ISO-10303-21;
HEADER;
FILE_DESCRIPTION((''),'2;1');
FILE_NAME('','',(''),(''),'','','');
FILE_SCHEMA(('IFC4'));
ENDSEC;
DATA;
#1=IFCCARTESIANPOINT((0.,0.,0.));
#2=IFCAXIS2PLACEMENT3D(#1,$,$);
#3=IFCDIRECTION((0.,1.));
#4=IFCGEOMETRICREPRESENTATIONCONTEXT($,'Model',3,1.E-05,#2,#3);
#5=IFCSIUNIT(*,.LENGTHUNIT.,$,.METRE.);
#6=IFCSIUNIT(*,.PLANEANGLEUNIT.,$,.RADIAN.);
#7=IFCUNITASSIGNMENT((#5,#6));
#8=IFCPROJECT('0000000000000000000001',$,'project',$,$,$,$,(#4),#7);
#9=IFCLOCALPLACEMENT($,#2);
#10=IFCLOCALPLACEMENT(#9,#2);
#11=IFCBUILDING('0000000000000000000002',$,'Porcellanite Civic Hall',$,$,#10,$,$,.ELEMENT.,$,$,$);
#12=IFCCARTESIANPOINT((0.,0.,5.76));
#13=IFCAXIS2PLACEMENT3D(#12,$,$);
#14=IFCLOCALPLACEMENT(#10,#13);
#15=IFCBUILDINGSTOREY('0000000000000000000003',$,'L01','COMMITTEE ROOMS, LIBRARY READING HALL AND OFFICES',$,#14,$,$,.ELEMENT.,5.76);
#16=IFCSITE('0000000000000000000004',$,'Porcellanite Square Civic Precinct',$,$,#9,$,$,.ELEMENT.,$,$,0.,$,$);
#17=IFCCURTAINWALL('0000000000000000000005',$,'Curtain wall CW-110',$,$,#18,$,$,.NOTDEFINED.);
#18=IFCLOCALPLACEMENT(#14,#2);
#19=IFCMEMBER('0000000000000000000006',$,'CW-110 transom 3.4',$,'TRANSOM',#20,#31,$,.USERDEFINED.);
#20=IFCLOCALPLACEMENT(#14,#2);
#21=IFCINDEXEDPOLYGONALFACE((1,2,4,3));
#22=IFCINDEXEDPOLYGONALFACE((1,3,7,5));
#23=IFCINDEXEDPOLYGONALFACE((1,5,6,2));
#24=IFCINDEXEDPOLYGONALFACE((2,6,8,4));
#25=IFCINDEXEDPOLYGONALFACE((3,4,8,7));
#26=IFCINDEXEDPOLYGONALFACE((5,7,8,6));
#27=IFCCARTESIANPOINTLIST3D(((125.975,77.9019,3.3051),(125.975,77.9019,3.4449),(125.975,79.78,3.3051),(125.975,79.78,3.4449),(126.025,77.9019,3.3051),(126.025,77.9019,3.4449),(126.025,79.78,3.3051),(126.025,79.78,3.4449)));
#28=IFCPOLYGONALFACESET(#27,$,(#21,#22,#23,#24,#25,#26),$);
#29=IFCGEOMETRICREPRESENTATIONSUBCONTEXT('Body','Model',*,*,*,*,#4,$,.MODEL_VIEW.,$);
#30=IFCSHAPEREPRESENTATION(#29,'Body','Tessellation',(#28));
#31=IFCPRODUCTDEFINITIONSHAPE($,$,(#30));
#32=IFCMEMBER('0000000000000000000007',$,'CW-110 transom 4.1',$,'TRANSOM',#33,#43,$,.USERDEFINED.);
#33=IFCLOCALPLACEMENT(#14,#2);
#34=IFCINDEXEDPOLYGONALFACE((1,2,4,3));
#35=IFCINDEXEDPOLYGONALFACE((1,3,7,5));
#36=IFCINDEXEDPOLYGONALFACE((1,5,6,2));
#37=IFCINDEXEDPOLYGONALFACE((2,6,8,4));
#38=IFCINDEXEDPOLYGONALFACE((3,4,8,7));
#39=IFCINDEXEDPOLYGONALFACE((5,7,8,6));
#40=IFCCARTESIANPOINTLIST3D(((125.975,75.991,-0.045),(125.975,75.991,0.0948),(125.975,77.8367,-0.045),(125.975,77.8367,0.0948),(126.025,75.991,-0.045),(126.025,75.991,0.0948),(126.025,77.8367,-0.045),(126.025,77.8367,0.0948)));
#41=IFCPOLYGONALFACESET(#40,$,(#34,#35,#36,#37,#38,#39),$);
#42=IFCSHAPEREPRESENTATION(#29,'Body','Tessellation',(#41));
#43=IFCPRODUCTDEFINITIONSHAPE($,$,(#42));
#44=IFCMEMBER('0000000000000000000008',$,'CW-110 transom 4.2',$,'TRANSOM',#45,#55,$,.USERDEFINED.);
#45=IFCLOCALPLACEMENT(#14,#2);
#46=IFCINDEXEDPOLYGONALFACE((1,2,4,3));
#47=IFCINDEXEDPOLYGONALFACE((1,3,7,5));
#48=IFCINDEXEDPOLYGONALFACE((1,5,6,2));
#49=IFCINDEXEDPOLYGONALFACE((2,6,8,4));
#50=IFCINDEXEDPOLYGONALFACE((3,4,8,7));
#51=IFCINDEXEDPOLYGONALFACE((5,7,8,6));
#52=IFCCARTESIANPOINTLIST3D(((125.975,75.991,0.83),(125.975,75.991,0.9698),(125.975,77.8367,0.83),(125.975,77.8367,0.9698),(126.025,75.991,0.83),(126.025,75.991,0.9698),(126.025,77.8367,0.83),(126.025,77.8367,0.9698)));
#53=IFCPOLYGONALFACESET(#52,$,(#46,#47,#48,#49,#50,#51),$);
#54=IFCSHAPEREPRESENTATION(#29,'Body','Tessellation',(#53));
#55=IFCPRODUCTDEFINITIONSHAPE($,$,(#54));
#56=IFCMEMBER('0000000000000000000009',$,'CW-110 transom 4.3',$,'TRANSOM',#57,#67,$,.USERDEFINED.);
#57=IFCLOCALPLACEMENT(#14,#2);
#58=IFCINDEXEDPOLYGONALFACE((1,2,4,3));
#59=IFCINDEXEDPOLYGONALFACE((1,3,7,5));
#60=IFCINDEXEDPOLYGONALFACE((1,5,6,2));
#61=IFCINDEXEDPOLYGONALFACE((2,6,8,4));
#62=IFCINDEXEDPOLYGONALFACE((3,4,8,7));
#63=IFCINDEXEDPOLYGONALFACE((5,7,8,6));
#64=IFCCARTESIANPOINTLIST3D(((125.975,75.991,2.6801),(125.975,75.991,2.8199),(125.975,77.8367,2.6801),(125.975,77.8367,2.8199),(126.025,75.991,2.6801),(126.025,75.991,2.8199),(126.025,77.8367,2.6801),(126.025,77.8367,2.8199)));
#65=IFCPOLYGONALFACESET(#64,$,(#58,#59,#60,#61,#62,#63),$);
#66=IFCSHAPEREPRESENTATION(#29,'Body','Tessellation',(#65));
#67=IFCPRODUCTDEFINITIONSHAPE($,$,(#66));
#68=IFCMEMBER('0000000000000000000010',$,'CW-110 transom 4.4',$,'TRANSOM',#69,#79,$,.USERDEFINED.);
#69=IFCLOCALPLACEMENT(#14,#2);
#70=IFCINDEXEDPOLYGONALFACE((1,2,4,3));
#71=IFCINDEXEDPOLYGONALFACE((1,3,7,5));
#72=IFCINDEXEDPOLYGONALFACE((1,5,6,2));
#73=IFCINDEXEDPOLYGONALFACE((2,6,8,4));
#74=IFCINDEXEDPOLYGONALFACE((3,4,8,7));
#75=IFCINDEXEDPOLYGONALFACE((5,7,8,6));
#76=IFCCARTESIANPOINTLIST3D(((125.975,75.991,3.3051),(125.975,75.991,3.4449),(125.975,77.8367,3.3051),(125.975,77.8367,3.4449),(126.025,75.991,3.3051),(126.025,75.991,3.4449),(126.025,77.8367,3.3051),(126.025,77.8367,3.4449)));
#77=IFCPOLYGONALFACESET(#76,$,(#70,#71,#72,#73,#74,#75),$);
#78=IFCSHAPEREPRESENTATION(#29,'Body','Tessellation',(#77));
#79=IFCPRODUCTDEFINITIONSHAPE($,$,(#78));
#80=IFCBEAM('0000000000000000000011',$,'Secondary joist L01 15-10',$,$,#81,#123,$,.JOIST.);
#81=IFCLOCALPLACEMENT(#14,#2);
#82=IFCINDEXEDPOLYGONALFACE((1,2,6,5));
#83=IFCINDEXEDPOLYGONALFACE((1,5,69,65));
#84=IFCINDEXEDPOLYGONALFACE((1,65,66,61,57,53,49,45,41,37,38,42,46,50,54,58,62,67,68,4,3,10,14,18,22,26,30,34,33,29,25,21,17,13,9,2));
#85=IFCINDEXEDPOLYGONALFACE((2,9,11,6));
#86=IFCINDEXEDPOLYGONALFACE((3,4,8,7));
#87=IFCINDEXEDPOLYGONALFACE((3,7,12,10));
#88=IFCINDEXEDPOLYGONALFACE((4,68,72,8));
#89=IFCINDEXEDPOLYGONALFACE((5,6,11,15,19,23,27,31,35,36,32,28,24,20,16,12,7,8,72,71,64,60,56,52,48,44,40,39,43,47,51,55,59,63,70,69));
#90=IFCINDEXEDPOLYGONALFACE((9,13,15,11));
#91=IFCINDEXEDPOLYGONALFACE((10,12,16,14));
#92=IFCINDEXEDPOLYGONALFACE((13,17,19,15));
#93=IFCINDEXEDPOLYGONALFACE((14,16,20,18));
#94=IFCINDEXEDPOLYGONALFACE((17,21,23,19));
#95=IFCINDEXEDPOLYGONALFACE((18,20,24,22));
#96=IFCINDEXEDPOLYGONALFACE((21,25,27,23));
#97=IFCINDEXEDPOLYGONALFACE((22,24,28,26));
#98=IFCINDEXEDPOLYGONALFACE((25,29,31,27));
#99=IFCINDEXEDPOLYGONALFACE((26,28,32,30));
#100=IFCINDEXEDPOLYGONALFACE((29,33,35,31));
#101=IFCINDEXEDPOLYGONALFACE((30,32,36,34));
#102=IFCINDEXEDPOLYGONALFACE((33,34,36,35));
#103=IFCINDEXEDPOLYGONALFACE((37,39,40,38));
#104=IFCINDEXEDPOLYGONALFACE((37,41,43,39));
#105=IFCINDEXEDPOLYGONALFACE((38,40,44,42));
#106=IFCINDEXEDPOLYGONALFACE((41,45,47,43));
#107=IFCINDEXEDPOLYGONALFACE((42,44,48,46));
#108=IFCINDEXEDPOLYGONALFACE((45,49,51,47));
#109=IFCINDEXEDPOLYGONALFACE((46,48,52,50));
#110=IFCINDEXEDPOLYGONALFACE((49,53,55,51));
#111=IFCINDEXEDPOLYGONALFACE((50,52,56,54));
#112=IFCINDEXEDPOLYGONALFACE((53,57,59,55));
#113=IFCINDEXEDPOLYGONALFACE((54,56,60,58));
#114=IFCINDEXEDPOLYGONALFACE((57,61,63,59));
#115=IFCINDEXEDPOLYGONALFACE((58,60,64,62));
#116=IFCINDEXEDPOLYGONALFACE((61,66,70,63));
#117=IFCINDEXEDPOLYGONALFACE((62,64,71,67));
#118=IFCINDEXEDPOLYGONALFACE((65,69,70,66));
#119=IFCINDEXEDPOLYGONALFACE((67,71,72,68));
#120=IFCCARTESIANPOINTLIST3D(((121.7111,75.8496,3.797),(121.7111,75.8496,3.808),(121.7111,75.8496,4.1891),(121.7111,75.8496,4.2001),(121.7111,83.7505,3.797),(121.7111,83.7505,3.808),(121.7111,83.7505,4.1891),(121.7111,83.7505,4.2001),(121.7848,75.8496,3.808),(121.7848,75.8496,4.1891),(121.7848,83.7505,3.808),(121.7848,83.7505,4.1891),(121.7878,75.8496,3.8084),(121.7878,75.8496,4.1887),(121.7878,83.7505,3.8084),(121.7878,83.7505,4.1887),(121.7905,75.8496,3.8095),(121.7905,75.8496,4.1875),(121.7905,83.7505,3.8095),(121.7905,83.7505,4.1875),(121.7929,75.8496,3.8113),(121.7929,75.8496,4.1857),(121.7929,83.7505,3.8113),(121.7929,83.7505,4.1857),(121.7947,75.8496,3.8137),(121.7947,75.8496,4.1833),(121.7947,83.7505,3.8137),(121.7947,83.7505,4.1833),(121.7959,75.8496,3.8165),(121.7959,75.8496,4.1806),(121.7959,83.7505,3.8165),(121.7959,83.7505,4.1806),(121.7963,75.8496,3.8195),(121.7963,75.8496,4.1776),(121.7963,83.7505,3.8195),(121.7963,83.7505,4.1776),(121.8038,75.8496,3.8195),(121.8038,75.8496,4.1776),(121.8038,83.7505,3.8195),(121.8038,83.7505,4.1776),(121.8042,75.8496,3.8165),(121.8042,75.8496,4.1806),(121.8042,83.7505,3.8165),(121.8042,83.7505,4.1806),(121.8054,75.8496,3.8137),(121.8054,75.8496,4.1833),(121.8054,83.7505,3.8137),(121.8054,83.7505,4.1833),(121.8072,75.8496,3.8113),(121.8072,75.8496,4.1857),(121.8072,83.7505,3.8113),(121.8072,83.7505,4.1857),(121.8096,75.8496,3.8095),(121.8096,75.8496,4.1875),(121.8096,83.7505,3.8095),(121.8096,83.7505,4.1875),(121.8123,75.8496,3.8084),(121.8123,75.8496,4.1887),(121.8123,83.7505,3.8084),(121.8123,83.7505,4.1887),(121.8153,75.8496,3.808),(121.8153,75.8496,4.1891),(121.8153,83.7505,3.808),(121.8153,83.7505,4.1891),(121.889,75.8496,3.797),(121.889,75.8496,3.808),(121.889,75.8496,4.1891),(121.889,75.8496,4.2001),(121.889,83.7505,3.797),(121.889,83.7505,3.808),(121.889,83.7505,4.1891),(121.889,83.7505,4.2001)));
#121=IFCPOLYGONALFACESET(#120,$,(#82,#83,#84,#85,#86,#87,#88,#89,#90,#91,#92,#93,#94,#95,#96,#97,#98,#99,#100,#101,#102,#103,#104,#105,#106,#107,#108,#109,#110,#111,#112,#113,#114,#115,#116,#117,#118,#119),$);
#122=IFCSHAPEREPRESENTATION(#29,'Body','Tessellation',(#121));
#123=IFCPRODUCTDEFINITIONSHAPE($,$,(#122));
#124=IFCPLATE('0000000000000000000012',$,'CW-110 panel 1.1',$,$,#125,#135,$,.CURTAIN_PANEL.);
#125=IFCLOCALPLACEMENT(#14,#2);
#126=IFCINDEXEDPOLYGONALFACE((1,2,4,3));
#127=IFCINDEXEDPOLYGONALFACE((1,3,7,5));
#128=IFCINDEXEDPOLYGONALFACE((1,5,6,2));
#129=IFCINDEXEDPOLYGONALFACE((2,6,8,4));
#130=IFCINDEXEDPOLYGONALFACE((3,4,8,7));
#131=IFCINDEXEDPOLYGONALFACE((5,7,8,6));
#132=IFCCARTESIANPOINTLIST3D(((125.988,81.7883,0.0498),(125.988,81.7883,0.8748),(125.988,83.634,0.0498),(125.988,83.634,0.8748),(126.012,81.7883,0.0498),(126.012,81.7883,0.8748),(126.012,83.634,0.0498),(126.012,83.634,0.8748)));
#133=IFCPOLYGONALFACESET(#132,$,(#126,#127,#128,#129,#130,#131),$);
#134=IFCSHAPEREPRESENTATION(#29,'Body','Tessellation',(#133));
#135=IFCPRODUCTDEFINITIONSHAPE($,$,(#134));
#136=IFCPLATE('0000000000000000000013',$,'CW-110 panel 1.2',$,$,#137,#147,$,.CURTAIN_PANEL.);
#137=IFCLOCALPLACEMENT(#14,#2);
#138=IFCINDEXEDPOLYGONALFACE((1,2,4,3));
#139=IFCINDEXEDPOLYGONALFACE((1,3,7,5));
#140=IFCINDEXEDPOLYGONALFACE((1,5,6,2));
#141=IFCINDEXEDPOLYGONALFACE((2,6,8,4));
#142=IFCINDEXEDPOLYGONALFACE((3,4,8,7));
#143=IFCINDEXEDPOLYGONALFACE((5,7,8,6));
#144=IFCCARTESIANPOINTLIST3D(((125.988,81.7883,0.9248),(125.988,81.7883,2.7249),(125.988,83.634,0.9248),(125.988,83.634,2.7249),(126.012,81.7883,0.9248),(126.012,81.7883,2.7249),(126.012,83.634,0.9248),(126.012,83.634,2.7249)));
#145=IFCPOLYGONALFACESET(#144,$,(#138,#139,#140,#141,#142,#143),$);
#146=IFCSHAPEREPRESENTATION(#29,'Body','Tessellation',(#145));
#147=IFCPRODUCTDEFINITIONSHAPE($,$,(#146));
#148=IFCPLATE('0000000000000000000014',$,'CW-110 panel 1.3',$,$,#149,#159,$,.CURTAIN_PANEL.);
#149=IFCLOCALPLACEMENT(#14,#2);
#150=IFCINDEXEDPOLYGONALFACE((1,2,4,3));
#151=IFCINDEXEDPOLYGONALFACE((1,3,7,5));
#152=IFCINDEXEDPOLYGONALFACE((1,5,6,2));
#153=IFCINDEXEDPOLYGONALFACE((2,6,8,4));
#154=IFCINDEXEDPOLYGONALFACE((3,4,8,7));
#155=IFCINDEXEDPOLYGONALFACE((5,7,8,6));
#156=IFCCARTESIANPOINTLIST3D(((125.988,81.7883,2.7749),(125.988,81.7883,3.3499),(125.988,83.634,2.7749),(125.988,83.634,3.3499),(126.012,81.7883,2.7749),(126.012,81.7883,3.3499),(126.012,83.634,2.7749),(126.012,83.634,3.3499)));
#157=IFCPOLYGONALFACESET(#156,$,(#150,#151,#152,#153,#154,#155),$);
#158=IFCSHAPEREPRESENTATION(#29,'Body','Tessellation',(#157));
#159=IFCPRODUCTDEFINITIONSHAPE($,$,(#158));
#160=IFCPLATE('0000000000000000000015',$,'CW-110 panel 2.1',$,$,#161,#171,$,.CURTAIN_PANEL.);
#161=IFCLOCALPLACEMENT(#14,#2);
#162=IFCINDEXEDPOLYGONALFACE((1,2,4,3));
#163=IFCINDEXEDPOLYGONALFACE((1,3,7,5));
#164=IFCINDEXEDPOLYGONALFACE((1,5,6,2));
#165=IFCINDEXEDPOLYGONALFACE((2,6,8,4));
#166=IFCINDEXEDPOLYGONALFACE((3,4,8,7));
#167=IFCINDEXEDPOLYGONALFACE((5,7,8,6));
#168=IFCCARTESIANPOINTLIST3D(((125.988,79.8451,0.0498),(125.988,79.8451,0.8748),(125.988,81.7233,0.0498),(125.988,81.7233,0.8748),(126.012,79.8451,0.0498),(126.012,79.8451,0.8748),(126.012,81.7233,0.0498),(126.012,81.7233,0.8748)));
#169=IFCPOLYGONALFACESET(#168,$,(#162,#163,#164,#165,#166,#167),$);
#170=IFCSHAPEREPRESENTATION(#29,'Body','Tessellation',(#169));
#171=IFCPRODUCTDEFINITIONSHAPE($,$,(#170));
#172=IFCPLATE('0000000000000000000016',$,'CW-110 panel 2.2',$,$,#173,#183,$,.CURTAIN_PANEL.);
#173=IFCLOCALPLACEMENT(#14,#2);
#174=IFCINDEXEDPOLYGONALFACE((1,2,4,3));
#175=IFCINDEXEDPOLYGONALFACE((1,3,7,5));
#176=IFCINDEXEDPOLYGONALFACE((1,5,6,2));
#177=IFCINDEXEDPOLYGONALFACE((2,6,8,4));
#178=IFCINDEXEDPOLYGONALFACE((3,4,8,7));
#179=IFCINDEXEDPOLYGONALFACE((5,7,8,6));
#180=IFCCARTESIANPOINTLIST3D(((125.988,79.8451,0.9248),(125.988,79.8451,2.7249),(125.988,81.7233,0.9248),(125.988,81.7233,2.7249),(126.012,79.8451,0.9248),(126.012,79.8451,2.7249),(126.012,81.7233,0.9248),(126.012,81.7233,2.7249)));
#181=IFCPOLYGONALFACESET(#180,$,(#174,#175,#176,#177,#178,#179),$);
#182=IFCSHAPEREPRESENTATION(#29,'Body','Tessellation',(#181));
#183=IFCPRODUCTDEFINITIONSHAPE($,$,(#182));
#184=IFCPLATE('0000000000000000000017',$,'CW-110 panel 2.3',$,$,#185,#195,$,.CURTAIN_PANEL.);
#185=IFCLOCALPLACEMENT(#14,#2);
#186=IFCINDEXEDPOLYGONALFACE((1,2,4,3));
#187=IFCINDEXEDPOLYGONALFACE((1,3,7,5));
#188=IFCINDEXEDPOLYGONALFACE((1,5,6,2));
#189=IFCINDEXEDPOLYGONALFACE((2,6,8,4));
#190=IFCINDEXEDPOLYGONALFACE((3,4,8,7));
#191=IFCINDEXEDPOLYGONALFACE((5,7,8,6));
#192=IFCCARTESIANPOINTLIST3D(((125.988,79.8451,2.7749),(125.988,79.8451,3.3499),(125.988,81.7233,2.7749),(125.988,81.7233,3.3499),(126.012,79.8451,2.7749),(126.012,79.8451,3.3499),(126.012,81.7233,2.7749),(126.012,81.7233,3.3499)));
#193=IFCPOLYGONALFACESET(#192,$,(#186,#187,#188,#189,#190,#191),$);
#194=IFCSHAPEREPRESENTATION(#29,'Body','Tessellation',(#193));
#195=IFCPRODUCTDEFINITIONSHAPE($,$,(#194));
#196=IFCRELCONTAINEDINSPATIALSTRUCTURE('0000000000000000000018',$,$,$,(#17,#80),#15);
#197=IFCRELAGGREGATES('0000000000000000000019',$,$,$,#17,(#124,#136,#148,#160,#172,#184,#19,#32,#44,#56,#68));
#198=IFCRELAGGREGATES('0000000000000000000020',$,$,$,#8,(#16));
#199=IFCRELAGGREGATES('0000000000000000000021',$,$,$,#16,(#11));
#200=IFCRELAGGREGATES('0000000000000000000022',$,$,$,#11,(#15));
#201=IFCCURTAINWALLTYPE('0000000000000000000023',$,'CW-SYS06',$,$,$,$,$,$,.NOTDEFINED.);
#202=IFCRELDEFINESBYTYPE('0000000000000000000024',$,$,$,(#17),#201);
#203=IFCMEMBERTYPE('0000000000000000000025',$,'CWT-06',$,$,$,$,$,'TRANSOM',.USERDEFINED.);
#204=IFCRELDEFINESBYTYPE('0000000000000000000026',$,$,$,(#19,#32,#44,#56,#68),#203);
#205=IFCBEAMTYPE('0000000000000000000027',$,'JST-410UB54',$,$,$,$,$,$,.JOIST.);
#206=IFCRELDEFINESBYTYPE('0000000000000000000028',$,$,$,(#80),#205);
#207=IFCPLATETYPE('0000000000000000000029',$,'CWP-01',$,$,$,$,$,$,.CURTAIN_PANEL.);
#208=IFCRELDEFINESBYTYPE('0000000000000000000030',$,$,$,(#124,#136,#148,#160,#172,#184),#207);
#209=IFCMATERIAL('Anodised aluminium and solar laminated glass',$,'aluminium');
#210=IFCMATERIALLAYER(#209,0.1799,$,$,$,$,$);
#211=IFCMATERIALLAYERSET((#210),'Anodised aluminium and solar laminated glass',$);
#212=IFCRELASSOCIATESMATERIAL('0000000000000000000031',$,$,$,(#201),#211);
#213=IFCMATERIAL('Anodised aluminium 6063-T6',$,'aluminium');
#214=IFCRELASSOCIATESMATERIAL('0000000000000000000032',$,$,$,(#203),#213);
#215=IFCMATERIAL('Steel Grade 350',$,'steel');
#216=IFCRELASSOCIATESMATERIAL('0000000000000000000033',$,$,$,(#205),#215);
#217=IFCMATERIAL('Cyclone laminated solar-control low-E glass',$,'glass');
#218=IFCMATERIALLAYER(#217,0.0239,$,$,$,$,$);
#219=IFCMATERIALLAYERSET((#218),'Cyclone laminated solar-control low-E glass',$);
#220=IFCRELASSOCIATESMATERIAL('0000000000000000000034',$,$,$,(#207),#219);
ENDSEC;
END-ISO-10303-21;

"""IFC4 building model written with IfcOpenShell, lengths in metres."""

from ifc_helpers import new_model, si_unit, direction, frame, origin, origin_2d, place, context, subcontext, project, spatial, rectangle, i_section, extrude, material, layer, layer_set, material_profile, profile_set, type_object, element, aggregate, save


model = new_model("IFC4")

# Units and contexts
model_context = context("Model", 3, precision=1e-05, world=origin(), true_north=direction((0.0, 1.0)))
body_context = subcontext(model_context, "Body", "Model", "MODEL_VIEW")
ifc_project = project(units=[si_unit("LENGTHUNIT", "METRE"), si_unit("PLANEANGLEUNIT", "RADIAN")], contexts=[model_context])

# Site, building, storey
site_placement = place(None, origin())
site = spatial("IfcSite", under=ifc_project, at=site_placement, Name="Porcellanite Square Civic Precinct", CompositionType="ELEMENT", RefElevation=0.0)
building_placement = place(site_placement, origin())
building = spatial("IfcBuilding", under=site, at=building_placement, Name="Porcellanite Civic Hall", CompositionType="ELEMENT")
storey_placement = place(building_placement, frame((0.0, 0.0, 5.76)))
storey = spatial("IfcBuildingStorey", under=building, at=storey_placement, Name="L01", Description="COMMITTEE ROOMS, LIBRARY READING HALL AND OFFICES", CompositionType="ELEMENT", Elevation=5.76)

# Curtain wall, members
ifc_material_1 = material(Name="Anodised aluminium and solar laminated glass", Category="aluminium")
ifc_layer_1 = layer(ifc_material_1, 0.1799)
ifc_layer_set_1 = layer_set([ifc_layer_1], Name="Anodised aluminium and solar laminated glass")
curtain_wall_type = type_object("IfcCurtainWallType", Name="CW-SYS06", PredefinedType="NOTDEFINED", material=ifc_layer_set_1)
curtain_wall_placement = place(storey_placement, origin())
curtain_wall = element("IfcCurtainWall", 1, at=curtain_wall_placement, inside=storey, type_object=curtain_wall_type, Name="Curtain wall CW-110", PredefinedType="NOTDEFINED")
ifc_material_2 = material(Name="Anodised aluminium 6063-T6", Category="aluminium")
ifc_material_profile_1 = material_profile(ifc_material_2, rectangle(XDim=0.05, YDim=0.1399, at=origin_2d()), Name="AL-50x140")
ifc_profile_set_1 = profile_set([ifc_material_profile_1], Name="Anodised aluminium 6063-T6")
member_type_1 = type_object("IfcMemberType", Name="CWT-06", ElementType="TRANSOM", PredefinedType="USERDEFINED", material=ifc_profile_set_1)
member_1_placement = place(storey_placement, frame((126.0, 79.78, 3.375), z_axis=(0.0, -1.0, 0.0), x_axis=(1.0, 0.0, 0.0)))
member_1 = element("IfcMember", 2, at=member_1_placement, type_object=member_type_1, Name="CW-110 transom 3.4", ObjectType="TRANSOM", PredefinedType="USERDEFINED", context=body_context, shape_type="SweptSolid", body=[
    extrude(rectangle(XDim=0.05, YDim=0.1399, at=origin_2d()), origin(), (0.0, 0.0, 1.0), 1.8782),
])
member_2_placement = place(storey_placement, frame((126.0, 77.8367, 0.0249), z_axis=(0.0, -1.0, 0.0), x_axis=(1.0, 0.0, 0.0)))
member_2 = element("IfcMember", 3, at=member_2_placement, type_object=member_type_1, Name="CW-110 transom 4.1", ObjectType="TRANSOM", PredefinedType="USERDEFINED", context=body_context, shape_type="SweptSolid", body=[
    extrude(rectangle(XDim=0.05, YDim=0.1399, at=origin_2d()), origin(), (0.0, 0.0, 1.0), 1.8457),
])
member_3_placement = place(storey_placement, frame((126.0, 77.8367, 0.8999), z_axis=(0.0, -1.0, 0.0), x_axis=(1.0, 0.0, 0.0)))
member_3 = element("IfcMember", 4, at=member_3_placement, type_object=member_type_1, Name="CW-110 transom 4.2", ObjectType="TRANSOM", PredefinedType="USERDEFINED", context=body_context, shape_type="SweptSolid", body=[
    extrude(rectangle(XDim=0.05, YDim=0.1399, at=origin_2d()), origin(), (0.0, 0.0, 1.0), 1.8457),
])
member_4_placement = place(storey_placement, frame((126.0, 77.8367, 2.75), z_axis=(0.0, -1.0, 0.0), x_axis=(1.0, 0.0, 0.0)))
member_4 = element("IfcMember", 5, at=member_4_placement, type_object=member_type_1, Name="CW-110 transom 4.3", ObjectType="TRANSOM", PredefinedType="USERDEFINED", context=body_context, shape_type="SweptSolid", body=[
    extrude(rectangle(XDim=0.05, YDim=0.1399, at=origin_2d()), origin(), (0.0, 0.0, 1.0), 1.8457),
])
member_5_placement = place(storey_placement, frame((126.0, 77.8367, 3.375), z_axis=(0.0, -1.0, 0.0), x_axis=(1.0, 0.0, 0.0)))
member_5 = element("IfcMember", 6, at=member_5_placement, type_object=member_type_1, Name="CW-110 transom 4.4", ObjectType="TRANSOM", PredefinedType="USERDEFINED", context=body_context, shape_type="SweptSolid", body=[
    extrude(rectangle(XDim=0.05, YDim=0.1399, at=origin_2d()), origin(), (0.0, 0.0, 1.0), 1.8457),
])

# Beam
ifc_material_3 = material(Name="Steel Grade 350", Category="steel")
ifc_material_profile_2 = material_profile(ifc_material_3, i_section(OverallWidth=0.178, OverallDepth=0.4031, WebThickness=0.0076, FlangeThickness=0.011, FilletRadius=0.0115, at=origin_2d()), Name="410UB53.7")
ifc_profile_set_2 = profile_set([ifc_material_profile_2], Name="Steel Grade 350")
beam_type_1 = type_object("IfcBeamType", Name="JST-410UB54", PredefinedType="JOIST", material=ifc_profile_set_2)
beam_1_placement = place(storey_placement, frame((121.8, 75.8496, 3.9985), z_axis=(0.0, 1.0, 0.0), x_axis=(-1.0, 0.0, 0.0)))
element("IfcBeam", 7, at=beam_1_placement, inside=storey, type_object=beam_type_1, Name="Secondary joist L01 15-10", PredefinedType="JOIST", context=body_context, shape_type="SweptSolid", body=[
    extrude(i_section(OverallWidth=0.178, OverallDepth=0.4031, WebThickness=0.0076, FlangeThickness=0.011, FilletRadius=0.0115, at=origin_2d()), origin(), (0.0, 0.0, 1.0), 7.9009),
])

# Plates
ifc_material_4 = material(Name="Cyclone laminated solar-control low-E glass", Category="glass")
ifc_layer_2 = layer(ifc_material_4, 0.0239)
ifc_layer_set_2 = layer_set([ifc_layer_2], Name="Cyclone laminated solar-control low-E glass")
plate_type = type_object("IfcPlateType", Name="CWP-01", PredefinedType="CURTAIN_PANEL", material=ifc_layer_set_2)
plate_1_placement = place(storey_placement, frame((126.0, 82.7112, 0.0498), z_axis=(0.0, 0.0, 1.0), x_axis=(0.0, -1.0, 0.0)))
plate_1 = element("IfcPlate", 8, at=plate_1_placement, type_object=plate_type, Name="CW-110 panel 1.1", PredefinedType="CURTAIN_PANEL", context=body_context, shape_type="SweptSolid", body=[
    extrude(rectangle(XDim=1.8457, YDim=0.0239, at=origin_2d()), origin(), (0.0, 0.0, 1.0), 0.825),
])
plate_2_placement = place(storey_placement, frame((126.0, 82.7112, 0.9248), z_axis=(0.0, 0.0, 1.0), x_axis=(0.0, -1.0, 0.0)))
plate_2 = element("IfcPlate", 9, at=plate_2_placement, type_object=plate_type, Name="CW-110 panel 1.2", PredefinedType="CURTAIN_PANEL", context=body_context, shape_type="SweptSolid", body=[
    extrude(rectangle(XDim=1.8457, YDim=0.0239, at=origin_2d()), origin(), (0.0, 0.0, 1.0), 1.8),
])
plate_3_placement = place(storey_placement, frame((126.0, 82.7112, 2.7749), z_axis=(0.0, 0.0, 1.0), x_axis=(0.0, -1.0, 0.0)))
plate_3 = element("IfcPlate", 10, at=plate_3_placement, type_object=plate_type, Name="CW-110 panel 1.3", PredefinedType="CURTAIN_PANEL", context=body_context, shape_type="SweptSolid", body=[
    extrude(rectangle(XDim=1.8457, YDim=0.0239, at=origin_2d()), origin(), (0.0, 0.0, 1.0), 0.575),
])
plate_4_placement = place(storey_placement, frame((126.0, 80.7842, 0.0498), z_axis=(0.0, 0.0, 1.0), x_axis=(0.0, -1.0, 0.0)))
plate_4 = element("IfcPlate", 11, at=plate_4_placement, type_object=plate_type, Name="CW-110 panel 2.1", PredefinedType="CURTAIN_PANEL", context=body_context, shape_type="SweptSolid", body=[
    extrude(rectangle(XDim=1.8782, YDim=0.0239, at=origin_2d()), origin(), (0.0, 0.0, 1.0), 0.825),
])
plate_5_placement = place(storey_placement, frame((126.0, 80.7842, 0.9248), z_axis=(0.0, 0.0, 1.0), x_axis=(0.0, -1.0, 0.0)))
plate_5 = element("IfcPlate", 12, at=plate_5_placement, type_object=plate_type, Name="CW-110 panel 2.2", PredefinedType="CURTAIN_PANEL", context=body_context, shape_type="SweptSolid", body=[
    extrude(rectangle(XDim=1.8782, YDim=0.0239, at=origin_2d()), origin(), (0.0, 0.0, 1.0), 1.8),
])
plate_6_placement = place(storey_placement, frame((126.0, 80.7842, 2.7749), z_axis=(0.0, 0.0, 1.0), x_axis=(0.0, -1.0, 0.0)))
plate_6 = element("IfcPlate", 13, at=plate_6_placement, type_object=plate_type, Name="CW-110 panel 2.3", PredefinedType="CURTAIN_PANEL", context=body_context, shape_type="SweptSolid", body=[
    extrude(rectangle(XDim=1.8782, YDim=0.0239, at=origin_2d()), origin(), (0.0, 0.0, 1.0), 0.575),
])
aggregate(curtain_wall, [plate_1, plate_2, plate_3, plate_4, plate_5, plate_6, member_1, member_2, member_3, member_4, member_5])

save(model, "model.ifc")
